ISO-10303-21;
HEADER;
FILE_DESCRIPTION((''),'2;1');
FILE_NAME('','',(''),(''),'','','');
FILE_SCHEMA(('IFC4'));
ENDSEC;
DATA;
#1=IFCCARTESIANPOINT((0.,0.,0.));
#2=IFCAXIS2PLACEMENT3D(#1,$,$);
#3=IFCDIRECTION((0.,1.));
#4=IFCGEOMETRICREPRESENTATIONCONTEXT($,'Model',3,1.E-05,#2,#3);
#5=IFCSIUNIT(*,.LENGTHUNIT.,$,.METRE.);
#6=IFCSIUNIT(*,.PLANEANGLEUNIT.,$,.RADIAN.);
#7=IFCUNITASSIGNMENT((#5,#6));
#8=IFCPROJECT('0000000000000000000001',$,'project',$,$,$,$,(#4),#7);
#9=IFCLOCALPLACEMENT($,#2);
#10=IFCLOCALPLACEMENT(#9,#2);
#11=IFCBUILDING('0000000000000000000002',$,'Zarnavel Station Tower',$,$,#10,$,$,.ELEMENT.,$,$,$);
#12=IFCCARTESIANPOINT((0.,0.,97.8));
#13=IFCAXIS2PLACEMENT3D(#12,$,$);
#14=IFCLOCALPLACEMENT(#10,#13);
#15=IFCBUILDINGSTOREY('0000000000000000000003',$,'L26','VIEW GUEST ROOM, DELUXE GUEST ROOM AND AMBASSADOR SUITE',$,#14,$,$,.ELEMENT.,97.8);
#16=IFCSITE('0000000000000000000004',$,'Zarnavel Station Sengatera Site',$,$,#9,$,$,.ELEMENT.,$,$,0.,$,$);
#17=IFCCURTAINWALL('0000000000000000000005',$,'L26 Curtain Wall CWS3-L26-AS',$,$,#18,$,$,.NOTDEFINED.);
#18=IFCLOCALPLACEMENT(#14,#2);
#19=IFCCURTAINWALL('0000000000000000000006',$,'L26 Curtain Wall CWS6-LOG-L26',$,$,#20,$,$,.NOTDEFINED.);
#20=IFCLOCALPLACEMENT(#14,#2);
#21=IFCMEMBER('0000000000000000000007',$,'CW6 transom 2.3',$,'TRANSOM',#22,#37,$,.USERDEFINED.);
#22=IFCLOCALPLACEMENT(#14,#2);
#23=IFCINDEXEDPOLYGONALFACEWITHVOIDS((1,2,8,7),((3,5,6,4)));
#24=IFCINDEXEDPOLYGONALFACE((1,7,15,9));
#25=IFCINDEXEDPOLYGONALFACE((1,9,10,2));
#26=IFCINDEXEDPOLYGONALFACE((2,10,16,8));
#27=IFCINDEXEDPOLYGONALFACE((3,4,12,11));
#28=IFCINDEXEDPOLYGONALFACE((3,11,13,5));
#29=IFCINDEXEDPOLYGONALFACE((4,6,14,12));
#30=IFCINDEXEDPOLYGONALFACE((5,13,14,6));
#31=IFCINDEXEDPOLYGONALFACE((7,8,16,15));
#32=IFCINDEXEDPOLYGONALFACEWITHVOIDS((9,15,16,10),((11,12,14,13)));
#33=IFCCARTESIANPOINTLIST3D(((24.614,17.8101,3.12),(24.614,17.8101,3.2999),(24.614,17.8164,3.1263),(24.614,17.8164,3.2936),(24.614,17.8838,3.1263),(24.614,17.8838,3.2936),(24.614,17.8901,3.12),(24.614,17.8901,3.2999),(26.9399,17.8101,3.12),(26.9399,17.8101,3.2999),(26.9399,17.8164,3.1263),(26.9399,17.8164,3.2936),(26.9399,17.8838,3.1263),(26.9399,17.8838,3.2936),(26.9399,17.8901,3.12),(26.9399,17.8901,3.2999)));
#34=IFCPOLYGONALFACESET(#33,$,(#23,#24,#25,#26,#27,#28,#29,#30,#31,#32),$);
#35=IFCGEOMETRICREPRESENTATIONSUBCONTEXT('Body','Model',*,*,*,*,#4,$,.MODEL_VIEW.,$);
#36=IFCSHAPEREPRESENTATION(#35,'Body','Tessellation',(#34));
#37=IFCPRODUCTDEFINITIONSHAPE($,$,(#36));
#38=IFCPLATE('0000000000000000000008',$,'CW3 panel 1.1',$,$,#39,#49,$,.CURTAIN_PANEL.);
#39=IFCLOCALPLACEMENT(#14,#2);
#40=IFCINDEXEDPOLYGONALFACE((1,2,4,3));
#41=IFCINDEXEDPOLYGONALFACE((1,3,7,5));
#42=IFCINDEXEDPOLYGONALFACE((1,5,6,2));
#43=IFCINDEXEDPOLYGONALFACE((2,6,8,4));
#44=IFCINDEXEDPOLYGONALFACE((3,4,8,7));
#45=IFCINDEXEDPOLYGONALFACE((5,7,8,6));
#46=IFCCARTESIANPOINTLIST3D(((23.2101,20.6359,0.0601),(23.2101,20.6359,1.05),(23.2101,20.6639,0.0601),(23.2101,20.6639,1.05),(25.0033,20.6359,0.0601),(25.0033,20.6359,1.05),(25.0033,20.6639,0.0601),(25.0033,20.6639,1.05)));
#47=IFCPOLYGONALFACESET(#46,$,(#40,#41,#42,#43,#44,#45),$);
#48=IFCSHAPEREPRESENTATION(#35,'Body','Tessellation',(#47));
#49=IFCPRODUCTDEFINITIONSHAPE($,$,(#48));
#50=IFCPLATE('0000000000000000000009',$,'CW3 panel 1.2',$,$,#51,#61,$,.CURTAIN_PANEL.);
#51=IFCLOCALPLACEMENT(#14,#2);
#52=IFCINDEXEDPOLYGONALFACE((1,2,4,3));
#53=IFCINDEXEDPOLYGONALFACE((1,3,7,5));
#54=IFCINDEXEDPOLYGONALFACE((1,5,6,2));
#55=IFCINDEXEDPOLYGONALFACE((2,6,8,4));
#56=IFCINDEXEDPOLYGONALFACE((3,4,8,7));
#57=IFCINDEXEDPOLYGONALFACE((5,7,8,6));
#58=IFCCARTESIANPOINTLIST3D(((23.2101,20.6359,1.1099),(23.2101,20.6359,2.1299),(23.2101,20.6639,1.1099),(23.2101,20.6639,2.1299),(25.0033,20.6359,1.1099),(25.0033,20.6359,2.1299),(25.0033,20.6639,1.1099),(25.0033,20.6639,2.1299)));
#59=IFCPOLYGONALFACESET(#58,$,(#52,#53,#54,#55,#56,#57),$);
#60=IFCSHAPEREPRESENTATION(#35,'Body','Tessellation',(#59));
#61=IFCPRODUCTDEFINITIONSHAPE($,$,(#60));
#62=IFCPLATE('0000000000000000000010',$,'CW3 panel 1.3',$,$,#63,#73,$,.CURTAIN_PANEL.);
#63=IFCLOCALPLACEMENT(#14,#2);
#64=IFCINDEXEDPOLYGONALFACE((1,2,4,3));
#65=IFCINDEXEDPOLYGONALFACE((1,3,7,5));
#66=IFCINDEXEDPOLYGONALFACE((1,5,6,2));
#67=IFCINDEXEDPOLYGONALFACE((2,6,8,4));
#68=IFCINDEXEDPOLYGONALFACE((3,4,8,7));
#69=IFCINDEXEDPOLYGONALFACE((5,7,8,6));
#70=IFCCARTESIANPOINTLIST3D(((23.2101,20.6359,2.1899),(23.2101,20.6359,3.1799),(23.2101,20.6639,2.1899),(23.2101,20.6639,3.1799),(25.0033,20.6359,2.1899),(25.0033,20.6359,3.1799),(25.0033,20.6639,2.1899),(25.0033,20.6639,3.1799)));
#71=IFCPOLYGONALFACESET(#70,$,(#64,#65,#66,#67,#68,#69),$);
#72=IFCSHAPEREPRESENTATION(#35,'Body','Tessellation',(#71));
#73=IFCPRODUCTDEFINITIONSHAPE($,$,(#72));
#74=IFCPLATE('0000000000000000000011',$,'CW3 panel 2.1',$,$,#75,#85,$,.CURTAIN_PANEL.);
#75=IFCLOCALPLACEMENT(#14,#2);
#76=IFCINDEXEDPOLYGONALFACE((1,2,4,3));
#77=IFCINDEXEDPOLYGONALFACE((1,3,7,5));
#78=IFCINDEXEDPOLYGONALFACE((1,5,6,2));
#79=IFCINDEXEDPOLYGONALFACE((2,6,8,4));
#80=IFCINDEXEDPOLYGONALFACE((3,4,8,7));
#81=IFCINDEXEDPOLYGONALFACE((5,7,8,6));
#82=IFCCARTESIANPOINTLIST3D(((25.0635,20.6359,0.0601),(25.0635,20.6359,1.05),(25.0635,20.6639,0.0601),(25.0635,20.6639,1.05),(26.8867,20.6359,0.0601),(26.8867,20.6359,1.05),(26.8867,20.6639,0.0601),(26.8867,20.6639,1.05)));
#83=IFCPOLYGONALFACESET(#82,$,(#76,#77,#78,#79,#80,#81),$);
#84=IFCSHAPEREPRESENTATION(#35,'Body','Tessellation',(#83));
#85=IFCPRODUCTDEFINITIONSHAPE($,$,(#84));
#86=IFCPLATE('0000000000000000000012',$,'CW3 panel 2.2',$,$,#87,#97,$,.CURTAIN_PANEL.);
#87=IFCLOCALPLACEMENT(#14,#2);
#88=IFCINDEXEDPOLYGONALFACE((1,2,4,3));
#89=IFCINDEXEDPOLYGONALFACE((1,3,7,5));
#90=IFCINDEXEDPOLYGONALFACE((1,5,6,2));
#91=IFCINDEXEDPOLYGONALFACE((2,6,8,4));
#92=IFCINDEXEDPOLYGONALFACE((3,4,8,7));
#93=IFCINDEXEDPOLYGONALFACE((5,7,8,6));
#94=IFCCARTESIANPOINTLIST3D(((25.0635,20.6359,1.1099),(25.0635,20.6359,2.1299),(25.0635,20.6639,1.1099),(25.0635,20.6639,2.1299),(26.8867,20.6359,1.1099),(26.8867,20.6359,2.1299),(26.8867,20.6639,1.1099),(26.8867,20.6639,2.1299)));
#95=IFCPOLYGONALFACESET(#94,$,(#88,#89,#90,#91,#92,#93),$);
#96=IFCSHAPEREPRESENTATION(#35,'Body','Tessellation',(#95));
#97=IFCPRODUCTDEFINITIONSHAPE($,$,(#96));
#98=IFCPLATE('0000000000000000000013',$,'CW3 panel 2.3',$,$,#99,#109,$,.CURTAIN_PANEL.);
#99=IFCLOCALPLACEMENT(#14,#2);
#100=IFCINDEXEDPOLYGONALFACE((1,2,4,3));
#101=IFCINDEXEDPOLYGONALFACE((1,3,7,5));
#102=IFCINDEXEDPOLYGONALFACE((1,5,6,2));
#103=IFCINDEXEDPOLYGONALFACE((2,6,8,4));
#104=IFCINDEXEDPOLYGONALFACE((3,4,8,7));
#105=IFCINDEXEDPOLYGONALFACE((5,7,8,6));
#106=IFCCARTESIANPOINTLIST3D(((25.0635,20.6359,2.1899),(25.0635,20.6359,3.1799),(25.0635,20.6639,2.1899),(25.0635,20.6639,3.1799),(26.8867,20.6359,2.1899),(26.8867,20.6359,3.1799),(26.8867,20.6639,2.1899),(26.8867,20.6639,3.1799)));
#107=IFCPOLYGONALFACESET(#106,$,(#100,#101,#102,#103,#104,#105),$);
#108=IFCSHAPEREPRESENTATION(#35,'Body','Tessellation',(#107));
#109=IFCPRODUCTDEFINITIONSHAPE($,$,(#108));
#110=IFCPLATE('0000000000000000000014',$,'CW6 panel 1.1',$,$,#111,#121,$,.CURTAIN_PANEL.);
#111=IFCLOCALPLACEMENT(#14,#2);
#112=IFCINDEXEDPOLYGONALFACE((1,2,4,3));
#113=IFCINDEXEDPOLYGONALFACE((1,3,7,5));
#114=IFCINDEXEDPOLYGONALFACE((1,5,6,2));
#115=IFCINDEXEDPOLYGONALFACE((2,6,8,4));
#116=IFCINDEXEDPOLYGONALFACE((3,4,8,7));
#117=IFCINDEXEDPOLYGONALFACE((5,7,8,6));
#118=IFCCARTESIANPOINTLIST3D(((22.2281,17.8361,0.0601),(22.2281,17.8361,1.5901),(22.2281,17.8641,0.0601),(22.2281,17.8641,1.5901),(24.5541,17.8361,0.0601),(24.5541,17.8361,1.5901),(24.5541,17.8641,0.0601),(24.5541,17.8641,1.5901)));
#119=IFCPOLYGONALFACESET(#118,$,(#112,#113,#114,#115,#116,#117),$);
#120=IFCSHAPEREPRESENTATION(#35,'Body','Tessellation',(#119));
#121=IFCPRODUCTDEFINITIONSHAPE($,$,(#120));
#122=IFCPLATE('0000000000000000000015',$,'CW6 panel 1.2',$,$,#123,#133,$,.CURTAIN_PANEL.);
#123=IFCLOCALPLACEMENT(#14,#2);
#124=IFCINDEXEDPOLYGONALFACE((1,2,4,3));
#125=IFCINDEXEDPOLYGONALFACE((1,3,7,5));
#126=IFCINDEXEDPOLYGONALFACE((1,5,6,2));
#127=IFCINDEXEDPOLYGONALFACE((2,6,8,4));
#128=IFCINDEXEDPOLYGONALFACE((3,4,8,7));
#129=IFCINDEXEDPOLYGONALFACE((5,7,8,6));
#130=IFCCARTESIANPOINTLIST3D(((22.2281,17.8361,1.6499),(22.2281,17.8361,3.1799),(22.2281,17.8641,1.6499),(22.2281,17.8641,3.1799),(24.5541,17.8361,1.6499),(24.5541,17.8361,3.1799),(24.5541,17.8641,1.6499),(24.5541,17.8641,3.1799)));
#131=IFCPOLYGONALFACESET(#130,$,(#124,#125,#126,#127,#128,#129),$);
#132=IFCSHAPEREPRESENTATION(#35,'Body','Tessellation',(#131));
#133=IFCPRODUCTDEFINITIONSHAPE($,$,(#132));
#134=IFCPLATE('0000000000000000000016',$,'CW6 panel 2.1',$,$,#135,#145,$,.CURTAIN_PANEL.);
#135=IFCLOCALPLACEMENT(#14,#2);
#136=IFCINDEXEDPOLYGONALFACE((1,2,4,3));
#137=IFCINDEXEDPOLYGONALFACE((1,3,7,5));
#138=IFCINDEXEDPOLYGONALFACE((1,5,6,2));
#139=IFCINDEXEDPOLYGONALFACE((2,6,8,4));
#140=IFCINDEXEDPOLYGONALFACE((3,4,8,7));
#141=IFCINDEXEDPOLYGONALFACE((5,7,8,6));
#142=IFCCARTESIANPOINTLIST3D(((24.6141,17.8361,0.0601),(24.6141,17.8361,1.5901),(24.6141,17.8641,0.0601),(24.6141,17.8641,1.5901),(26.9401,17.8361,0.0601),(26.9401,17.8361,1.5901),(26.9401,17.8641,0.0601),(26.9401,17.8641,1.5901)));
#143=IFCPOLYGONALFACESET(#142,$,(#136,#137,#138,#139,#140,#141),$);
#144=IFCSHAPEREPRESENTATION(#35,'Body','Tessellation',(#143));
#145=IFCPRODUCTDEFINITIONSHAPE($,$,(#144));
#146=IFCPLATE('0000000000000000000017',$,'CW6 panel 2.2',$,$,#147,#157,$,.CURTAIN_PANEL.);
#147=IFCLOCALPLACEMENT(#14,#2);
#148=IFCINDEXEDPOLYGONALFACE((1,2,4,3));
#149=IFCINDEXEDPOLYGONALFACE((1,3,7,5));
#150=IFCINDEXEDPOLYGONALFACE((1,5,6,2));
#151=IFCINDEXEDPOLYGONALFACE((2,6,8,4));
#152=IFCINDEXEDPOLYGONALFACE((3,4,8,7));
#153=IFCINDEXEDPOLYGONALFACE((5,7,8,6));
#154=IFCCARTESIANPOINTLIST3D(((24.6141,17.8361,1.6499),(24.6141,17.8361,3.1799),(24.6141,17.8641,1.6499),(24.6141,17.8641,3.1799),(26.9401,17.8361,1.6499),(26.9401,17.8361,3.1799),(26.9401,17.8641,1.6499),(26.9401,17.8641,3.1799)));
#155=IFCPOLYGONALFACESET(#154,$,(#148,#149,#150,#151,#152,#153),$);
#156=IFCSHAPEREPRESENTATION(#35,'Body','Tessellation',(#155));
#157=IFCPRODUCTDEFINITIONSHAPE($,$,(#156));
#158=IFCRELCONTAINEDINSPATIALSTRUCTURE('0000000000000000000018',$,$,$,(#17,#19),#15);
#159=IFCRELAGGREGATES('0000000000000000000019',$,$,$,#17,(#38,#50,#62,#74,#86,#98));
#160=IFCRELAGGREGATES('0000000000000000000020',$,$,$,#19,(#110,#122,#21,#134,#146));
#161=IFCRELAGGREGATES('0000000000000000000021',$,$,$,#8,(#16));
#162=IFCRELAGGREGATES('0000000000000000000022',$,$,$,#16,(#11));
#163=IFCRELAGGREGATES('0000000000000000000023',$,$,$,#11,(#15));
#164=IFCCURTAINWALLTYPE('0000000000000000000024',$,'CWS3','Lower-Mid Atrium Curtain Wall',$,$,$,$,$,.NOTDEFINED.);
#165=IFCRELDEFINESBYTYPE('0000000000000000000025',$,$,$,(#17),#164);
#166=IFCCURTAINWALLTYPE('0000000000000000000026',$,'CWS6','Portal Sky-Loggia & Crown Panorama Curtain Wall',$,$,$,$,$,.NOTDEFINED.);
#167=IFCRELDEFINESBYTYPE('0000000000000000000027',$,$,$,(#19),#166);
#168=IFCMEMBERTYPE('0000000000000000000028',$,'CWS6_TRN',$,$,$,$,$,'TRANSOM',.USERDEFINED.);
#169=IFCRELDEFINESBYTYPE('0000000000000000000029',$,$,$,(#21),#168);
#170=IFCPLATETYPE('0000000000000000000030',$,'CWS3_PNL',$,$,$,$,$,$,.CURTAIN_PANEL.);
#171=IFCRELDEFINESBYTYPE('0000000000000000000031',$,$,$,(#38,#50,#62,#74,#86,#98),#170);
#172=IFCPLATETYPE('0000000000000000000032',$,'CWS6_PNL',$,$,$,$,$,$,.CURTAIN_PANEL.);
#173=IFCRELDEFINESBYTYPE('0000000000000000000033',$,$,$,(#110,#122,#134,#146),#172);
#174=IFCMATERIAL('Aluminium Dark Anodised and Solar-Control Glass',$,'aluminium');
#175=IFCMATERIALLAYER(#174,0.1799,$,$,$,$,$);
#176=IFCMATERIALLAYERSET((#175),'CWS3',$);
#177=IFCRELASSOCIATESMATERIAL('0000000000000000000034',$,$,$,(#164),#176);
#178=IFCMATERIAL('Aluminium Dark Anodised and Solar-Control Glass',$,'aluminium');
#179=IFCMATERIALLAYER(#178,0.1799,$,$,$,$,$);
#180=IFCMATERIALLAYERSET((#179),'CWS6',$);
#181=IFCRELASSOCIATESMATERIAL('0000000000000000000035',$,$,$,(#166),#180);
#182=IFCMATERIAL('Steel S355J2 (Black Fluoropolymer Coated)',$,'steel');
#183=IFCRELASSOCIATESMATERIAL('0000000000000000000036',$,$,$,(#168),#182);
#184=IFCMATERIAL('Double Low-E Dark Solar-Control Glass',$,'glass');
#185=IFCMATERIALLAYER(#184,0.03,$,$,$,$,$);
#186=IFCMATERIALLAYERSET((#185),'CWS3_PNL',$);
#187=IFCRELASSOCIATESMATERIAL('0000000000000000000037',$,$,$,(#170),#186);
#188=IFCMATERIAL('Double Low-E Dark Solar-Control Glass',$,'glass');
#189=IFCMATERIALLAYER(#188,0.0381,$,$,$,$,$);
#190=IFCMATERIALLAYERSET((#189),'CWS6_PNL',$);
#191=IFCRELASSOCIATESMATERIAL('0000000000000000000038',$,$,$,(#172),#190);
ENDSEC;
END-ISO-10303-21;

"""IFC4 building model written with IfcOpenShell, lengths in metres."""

from ifc_helpers import new_model, si_unit, direction, frame, origin, origin_2d, place, context, subcontext, project, spatial, rectangle, hollow_rectangle, extrude, material, layer, layer_set, material_profile, profile_set, type_object, element, aggregate, save


model = new_model("IFC4")

# Units and contexts
model_context = context("Model", 3, precision=1e-05, world=origin(), true_north=direction((0.0, 1.0)))
body_context = subcontext(model_context, "Body", "Model", "MODEL_VIEW")
ifc_project = project(units=[si_unit("LENGTHUNIT", "METRE"), si_unit("PLANEANGLEUNIT", "RADIAN")], contexts=[model_context])

# Site, building, storey
site_placement = place(None, origin())
site = spatial("IfcSite", under=ifc_project, at=site_placement, Name="Zarnavel Station Sengatera Site", CompositionType="ELEMENT", RefElevation=0.0)
building_placement = place(site_placement, origin())
building = spatial("IfcBuilding", under=site, at=building_placement, Name="Zarnavel Station Tower", CompositionType="ELEMENT")
storey_placement = place(building_placement, frame((0.0, 0.0, 97.8)))
storey = spatial("IfcBuildingStorey", under=building, at=storey_placement, Name="L26", Description="VIEW GUEST ROOM, DELUXE GUEST ROOM AND AMBASSADOR SUITE", CompositionType="ELEMENT", Elevation=97.8)

# Curtain walls, member
ifc_material_1 = material(Name="Aluminium Dark Anodised and Solar-Control Glass", Category="aluminium")
ifc_layer_1 = layer(ifc_material_1, 0.1799)
ifc_layer_set_1 = layer_set([ifc_layer_1], Name="CWS3")
curtain_wall_type_1 = type_object("IfcCurtainWallType", Name="CWS3", Description="Lower-Mid Atrium Curtain Wall", PredefinedType="NOTDEFINED", material=ifc_layer_set_1)
curtain_wall_1_placement = place(storey_placement, origin())
curtain_wall_1 = element("IfcCurtainWall", 1, at=curtain_wall_1_placement, inside=storey, type_object=curtain_wall_type_1, Name="L26 Curtain Wall CWS3-L26-AS", PredefinedType="NOTDEFINED")
ifc_material_2 = material(Name="Aluminium Dark Anodised and Solar-Control Glass", Category="aluminium")
ifc_layer_2 = layer(ifc_material_2, 0.1799)
ifc_layer_set_2 = layer_set([ifc_layer_2], Name="CWS6")
curtain_wall_type_2 = type_object("IfcCurtainWallType", Name="CWS6", Description="Portal Sky-Loggia & Crown Panorama Curtain Wall", PredefinedType="NOTDEFINED", material=ifc_layer_set_2)
curtain_wall_2_placement = place(storey_placement, origin())
curtain_wall_2 = element("IfcCurtainWall", 2, at=curtain_wall_2_placement, inside=storey, type_object=curtain_wall_type_2, Name="L26 Curtain Wall CWS6-LOG-L26", PredefinedType="NOTDEFINED")
ifc_material_3 = material(Name="Steel S355J2 (Black Fluoropolymer Coated)", Category="steel")
ifc_material_profile_1 = material_profile(ifc_material_3, hollow_rectangle(XDim=0.0801, YDim=0.1799, WallThickness=0.0063, at=origin_2d()), Name="RHS180x80x6.3")
ifc_profile_set_1 = profile_set([ifc_material_profile_1], Name="Steel S355J2 (Black Fluoropolymer Coated)")
member_type_1 = type_object("IfcMemberType", Name="CWS6_TRN", ElementType="TRANSOM", PredefinedType="USERDEFINED", material=ifc_profile_set_1)
member_1_placement = place(storey_placement, frame((24.614, 17.8501, 3.21), z_axis=(1.0, 0.0, 0.0), x_axis=(0.0, 1.0, 0.0)))
member_1 = element("IfcMember", 3, at=member_1_placement, type_object=member_type_1, Name="CW6 transom 2.3", ObjectType="TRANSOM", PredefinedType="USERDEFINED", context=body_context, shape_type="SweptSolid", body=[
    extrude(hollow_rectangle(XDim=0.0801, YDim=0.1799, WallThickness=0.0063, at=origin_2d()), origin(), (0.0, 0.0, 1.0), 2.3259),
])

# Plates
ifc_material_4 = material(Name="Double Low-E Dark Solar-Control Glass", Category="glass")
ifc_layer_3 = layer(ifc_material_4, 0.03)
ifc_layer_set_3 = layer_set([ifc_layer_3], Name="CWS3_PNL")
plate_type_1 = type_object("IfcPlateType", Name="CWS3_PNL", PredefinedType="CURTAIN_PANEL", material=ifc_layer_set_3)
plate_1_placement = place(storey_placement, frame((24.1067, 20.6499, 0.0601), z_axis=(0.0, 0.0, 1.0), x_axis=(1.0, 0.0, 0.0)))
plate_1 = element("IfcPlate", 4, at=plate_1_placement, type_object=plate_type_1, Name="CW3 panel 1.1", PredefinedType="CURTAIN_PANEL", context=body_context, shape_type="SweptSolid", body=[
    extrude(rectangle(XDim=1.7932, YDim=0.0281, at=origin_2d()), origin(), (0.0, 0.0, 1.0), 0.99),
])
plate_2_placement = place(storey_placement, frame((24.1067, 20.6499, 1.1099), z_axis=(0.0, 0.0, 1.0), x_axis=(1.0, 0.0, 0.0)))
plate_2 = element("IfcPlate", 5, at=plate_2_placement, type_object=plate_type_1, Name="CW3 panel 1.2", PredefinedType="CURTAIN_PANEL", context=body_context, shape_type="SweptSolid", body=[
    extrude(rectangle(XDim=1.7932, YDim=0.0281, at=origin_2d()), origin(), (0.0, 0.0, 1.0), 1.02),
])
plate_3_placement = place(storey_placement, frame((24.1067, 20.6499, 2.1899), z_axis=(0.0, 0.0, 1.0), x_axis=(1.0, 0.0, 0.0)))
plate_3 = element("IfcPlate", 6, at=plate_3_placement, type_object=plate_type_1, Name="CW3 panel 1.3", PredefinedType="CURTAIN_PANEL", context=body_context, shape_type="SweptSolid", body=[
    extrude(rectangle(XDim=1.7932, YDim=0.0281, at=origin_2d()), origin(), (0.0, 0.0, 1.0), 0.99),
])
plate_4_placement = place(storey_placement, frame((25.9751, 20.6499, 0.0601), z_axis=(0.0, 0.0, 1.0), x_axis=(1.0, 0.0, 0.0)))
plate_4 = element("IfcPlate", 7, at=plate_4_placement, type_object=plate_type_1, Name="CW3 panel 2.1", PredefinedType="CURTAIN_PANEL", context=body_context, shape_type="SweptSolid", body=[
    extrude(rectangle(XDim=1.8232, YDim=0.0281, at=origin_2d()), origin(), (0.0, 0.0, 1.0), 0.99),
])
plate_5_placement = place(storey_placement, frame((25.9751, 20.6499, 1.1099), z_axis=(0.0, 0.0, 1.0), x_axis=(1.0, 0.0, 0.0)))
plate_5 = element("IfcPlate", 8, at=plate_5_placement, type_object=plate_type_1, Name="CW3 panel 2.2", PredefinedType="CURTAIN_PANEL", context=body_context, shape_type="SweptSolid", body=[
    extrude(rectangle(XDim=1.8232, YDim=0.0281, at=origin_2d()), origin(), (0.0, 0.0, 1.0), 1.02),
])
plate_6_placement = place(storey_placement, frame((25.9751, 20.6499, 2.1899), z_axis=(0.0, 0.0, 1.0), x_axis=(1.0, 0.0, 0.0)))
plate_6 = element("IfcPlate", 9, at=plate_6_placement, type_object=plate_type_1, Name="CW3 panel 2.3", PredefinedType="CURTAIN_PANEL", context=body_context, shape_type="SweptSolid", body=[
    extrude(rectangle(XDim=1.8232, YDim=0.0281, at=origin_2d()), origin(), (0.0, 0.0, 1.0), 0.99),
])
aggregate(curtain_wall_1, [plate_1, plate_2, plate_3, plate_4, plate_5, plate_6])
ifc_material_5 = material(Name="Double Low-E Dark Solar-Control Glass", Category="glass")
ifc_layer_4 = layer(ifc_material_5, 0.0381)
ifc_layer_set_4 = layer_set([ifc_layer_4], Name="CWS6_PNL")
plate_type_2 = type_object("IfcPlateType", Name="CWS6_PNL", PredefinedType="CURTAIN_PANEL", material=ifc_layer_set_4)
plate_7_placement = place(storey_placement, frame((23.3911, 17.8501, 0.0601), z_axis=(0.0, 0.0, 1.0), x_axis=(1.0, 0.0, 0.0)))
plate_7 = element("IfcPlate", 10, at=plate_7_placement, type_object=plate_type_2, Name="CW6 panel 1.1", PredefinedType="CURTAIN_PANEL", context=body_context, shape_type="SweptSolid", body=[
    extrude(rectangle(XDim=2.3259, YDim=0.0281, at=origin_2d()), origin(), (0.0, 0.0, 1.0), 1.53),
])
plate_8_placement = place(storey_placement, frame((23.3911, 17.8501, 1.6499), z_axis=(0.0, 0.0, 1.0), x_axis=(1.0, 0.0, 0.0)))
plate_8 = element("IfcPlate", 11, at=plate_8_placement, type_object=plate_type_2, Name="CW6 panel 1.2", PredefinedType="CURTAIN_PANEL", context=body_context, shape_type="SweptSolid", body=[
    extrude(rectangle(XDim=2.3259, YDim=0.0281, at=origin_2d()), origin(), (0.0, 0.0, 1.0), 1.53),
])
plate_9_placement = place(storey_placement, frame((25.7771, 17.8501, 0.0601), z_axis=(0.0, 0.0, 1.0), x_axis=(1.0, 0.0, 0.0)))
plate_9 = element("IfcPlate", 12, at=plate_9_placement, type_object=plate_type_2, Name="CW6 panel 2.1", PredefinedType="CURTAIN_PANEL", context=body_context, shape_type="SweptSolid", body=[
    extrude(rectangle(XDim=2.3259, YDim=0.0281, at=origin_2d()), origin(), (0.0, 0.0, 1.0), 1.53),
])
plate_10_placement = place(storey_placement, frame((25.7771, 17.8501, 1.6499), z_axis=(0.0, 0.0, 1.0), x_axis=(1.0, 0.0, 0.0)))
plate_10 = element("IfcPlate", 13, at=plate_10_placement, type_object=plate_type_2, Name="CW6 panel 2.2", PredefinedType="CURTAIN_PANEL", context=body_context, shape_type="SweptSolid", body=[
    extrude(rectangle(XDim=2.3259, YDim=0.0281, at=origin_2d()), origin(), (0.0, 0.0, 1.0), 1.53),
])
aggregate(curtain_wall_2, [plate_7, plate_8, member_1, plate_9, plate_10])

save(model, "model.ifc")
